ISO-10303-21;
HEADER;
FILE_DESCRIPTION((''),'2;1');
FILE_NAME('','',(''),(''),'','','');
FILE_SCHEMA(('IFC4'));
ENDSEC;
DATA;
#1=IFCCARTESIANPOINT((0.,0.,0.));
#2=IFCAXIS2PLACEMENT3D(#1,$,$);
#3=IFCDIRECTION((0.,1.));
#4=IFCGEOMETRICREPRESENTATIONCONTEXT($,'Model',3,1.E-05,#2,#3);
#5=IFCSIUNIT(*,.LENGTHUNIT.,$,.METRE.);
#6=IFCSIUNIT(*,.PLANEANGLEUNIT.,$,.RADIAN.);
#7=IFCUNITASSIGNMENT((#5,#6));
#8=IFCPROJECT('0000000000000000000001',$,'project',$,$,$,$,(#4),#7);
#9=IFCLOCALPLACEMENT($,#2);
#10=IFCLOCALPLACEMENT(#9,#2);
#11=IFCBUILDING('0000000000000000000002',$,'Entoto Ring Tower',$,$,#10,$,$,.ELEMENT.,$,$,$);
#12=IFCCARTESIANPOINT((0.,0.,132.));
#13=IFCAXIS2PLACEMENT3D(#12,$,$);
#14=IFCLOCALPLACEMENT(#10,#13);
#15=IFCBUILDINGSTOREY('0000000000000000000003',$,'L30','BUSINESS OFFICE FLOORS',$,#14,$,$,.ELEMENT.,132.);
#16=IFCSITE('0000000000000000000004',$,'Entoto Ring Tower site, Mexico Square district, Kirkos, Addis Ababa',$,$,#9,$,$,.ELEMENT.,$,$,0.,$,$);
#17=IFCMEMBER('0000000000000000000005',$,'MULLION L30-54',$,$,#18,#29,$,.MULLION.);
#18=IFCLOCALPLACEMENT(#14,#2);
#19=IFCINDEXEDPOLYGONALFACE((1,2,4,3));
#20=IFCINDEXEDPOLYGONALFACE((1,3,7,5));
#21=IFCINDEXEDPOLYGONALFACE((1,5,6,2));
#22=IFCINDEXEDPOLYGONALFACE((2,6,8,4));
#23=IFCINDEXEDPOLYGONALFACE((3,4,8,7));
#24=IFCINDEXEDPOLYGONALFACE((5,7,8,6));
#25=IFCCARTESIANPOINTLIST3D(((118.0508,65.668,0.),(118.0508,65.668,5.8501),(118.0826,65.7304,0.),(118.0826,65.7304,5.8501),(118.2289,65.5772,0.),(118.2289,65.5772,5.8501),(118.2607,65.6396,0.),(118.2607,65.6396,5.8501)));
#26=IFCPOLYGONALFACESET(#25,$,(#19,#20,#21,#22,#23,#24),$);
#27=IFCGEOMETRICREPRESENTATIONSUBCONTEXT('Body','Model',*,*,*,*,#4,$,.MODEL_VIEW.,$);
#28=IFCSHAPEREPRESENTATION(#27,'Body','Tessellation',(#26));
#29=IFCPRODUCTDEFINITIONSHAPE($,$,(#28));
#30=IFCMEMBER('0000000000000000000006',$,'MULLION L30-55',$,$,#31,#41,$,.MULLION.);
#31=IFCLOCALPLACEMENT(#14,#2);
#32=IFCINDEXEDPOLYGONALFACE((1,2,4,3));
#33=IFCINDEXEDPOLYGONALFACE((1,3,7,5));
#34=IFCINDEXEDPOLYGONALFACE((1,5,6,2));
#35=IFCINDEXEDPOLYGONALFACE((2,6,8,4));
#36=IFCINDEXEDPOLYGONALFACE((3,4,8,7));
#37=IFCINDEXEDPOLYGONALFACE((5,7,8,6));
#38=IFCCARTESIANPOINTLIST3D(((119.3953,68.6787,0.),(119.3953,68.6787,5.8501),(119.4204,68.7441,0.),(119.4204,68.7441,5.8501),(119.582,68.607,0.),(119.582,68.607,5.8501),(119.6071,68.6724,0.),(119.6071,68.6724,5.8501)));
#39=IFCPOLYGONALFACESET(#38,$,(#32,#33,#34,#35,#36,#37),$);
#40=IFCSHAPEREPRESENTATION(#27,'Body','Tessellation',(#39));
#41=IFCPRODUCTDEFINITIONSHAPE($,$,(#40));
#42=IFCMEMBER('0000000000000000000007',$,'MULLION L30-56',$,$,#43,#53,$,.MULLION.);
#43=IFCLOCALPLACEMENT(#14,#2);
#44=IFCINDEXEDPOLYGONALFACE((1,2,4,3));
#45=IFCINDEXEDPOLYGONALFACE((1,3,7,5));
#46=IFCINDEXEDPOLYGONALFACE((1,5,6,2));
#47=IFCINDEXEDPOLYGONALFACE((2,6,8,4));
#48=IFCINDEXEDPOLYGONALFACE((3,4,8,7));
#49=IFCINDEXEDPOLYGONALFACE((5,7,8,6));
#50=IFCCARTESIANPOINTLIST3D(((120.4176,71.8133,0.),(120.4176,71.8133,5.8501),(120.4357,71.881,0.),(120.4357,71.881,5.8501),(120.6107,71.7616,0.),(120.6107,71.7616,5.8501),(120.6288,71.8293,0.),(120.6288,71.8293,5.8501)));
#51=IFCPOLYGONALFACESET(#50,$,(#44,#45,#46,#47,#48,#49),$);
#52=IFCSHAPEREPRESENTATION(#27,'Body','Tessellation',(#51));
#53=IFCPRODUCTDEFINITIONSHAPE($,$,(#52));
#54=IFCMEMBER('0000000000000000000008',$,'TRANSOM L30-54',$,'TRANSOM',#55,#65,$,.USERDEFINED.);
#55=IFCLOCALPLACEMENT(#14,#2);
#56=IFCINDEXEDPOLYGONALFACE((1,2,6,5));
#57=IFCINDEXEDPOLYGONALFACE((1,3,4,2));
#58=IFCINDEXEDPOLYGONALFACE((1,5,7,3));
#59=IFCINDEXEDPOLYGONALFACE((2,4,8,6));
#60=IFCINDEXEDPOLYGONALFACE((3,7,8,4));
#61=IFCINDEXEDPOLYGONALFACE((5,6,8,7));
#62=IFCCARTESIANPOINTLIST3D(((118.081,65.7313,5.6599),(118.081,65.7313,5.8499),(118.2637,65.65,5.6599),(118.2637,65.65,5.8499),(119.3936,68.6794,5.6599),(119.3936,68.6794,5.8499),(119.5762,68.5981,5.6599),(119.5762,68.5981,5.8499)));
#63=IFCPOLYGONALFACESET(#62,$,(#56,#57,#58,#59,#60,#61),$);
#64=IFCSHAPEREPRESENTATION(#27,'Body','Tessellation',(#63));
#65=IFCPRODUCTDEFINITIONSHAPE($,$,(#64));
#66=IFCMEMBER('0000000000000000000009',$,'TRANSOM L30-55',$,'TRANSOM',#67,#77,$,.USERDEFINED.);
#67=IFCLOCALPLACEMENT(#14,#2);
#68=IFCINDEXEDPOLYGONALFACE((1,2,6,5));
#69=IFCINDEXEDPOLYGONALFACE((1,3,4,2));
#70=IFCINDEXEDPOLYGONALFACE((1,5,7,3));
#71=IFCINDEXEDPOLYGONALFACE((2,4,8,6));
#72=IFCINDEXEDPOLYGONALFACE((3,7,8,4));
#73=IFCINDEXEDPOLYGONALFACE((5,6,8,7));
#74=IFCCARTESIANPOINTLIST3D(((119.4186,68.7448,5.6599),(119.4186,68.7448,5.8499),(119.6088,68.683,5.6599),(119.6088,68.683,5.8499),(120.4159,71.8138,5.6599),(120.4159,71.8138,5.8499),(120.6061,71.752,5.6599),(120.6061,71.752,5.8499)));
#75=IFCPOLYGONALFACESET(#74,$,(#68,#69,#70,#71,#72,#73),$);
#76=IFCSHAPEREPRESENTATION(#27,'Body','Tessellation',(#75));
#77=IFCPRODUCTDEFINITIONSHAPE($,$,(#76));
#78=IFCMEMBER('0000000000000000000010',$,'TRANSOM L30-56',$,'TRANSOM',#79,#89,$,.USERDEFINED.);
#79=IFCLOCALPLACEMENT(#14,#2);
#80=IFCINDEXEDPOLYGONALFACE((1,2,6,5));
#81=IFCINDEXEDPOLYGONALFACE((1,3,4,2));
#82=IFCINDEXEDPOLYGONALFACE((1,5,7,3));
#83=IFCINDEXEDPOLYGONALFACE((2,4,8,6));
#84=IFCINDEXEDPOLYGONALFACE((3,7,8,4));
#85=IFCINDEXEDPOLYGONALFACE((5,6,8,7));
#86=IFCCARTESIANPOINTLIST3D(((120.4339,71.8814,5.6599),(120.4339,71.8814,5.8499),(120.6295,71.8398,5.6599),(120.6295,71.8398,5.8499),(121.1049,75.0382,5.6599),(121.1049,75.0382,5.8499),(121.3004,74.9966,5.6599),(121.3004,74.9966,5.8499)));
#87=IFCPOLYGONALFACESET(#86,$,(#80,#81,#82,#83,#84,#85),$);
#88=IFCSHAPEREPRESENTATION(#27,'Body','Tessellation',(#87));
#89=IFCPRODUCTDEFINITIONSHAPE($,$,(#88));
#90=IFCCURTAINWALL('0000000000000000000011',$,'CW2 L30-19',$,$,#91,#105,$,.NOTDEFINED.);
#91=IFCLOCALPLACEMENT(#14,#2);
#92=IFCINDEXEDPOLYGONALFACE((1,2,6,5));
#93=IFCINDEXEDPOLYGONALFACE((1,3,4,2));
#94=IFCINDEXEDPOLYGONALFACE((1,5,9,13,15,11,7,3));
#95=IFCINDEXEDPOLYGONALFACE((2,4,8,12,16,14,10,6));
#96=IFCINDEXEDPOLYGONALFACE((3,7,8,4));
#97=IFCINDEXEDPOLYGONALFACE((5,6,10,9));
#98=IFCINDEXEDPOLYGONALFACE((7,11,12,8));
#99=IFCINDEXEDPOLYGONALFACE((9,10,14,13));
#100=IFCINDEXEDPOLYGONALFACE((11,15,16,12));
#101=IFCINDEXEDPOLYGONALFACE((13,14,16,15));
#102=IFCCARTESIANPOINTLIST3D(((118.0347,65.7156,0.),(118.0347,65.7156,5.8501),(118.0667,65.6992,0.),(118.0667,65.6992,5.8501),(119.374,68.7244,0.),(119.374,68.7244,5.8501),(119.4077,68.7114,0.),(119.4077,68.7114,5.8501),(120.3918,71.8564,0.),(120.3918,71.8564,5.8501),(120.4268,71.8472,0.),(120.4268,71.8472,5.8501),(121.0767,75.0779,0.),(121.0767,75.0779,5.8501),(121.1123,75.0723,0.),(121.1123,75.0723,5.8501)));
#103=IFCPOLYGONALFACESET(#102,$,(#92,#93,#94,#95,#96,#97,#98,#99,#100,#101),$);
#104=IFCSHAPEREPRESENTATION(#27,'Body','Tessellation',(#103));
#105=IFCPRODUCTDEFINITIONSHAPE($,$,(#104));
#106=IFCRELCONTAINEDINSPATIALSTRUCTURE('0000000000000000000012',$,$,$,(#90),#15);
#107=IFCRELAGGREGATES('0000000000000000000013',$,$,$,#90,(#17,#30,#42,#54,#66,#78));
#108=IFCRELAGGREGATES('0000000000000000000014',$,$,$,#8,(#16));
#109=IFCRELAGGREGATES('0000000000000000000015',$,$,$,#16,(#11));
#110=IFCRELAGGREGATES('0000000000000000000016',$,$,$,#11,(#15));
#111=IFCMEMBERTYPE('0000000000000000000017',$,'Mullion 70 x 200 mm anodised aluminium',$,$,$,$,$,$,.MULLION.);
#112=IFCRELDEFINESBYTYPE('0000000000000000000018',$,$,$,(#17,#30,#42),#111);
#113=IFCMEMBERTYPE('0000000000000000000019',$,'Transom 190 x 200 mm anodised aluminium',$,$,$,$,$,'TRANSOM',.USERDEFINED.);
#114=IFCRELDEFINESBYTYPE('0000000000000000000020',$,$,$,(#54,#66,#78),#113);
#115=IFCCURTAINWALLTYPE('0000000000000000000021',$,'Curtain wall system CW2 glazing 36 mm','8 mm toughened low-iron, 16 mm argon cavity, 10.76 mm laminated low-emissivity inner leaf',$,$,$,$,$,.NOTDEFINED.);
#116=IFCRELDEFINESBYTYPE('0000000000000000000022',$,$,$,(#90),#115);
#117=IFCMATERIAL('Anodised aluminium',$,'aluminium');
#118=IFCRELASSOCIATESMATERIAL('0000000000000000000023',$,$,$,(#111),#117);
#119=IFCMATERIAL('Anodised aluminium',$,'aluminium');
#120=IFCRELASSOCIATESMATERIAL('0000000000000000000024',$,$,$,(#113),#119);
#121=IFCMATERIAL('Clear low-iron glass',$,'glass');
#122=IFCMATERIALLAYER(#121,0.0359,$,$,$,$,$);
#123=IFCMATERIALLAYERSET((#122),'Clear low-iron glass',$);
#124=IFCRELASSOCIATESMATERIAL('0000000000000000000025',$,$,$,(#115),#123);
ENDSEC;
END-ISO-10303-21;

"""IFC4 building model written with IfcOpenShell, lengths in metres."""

from ifc_helpers import new_model, si_unit, direction, frame, origin, origin_2d, place, context, subcontext, project, spatial, polyline, rectangle, outline, extrude, material, layer, layer_set, material_profile, profile_set, type_object, element, aggregate, save


model = new_model("IFC4")

# Units and contexts
model_context = context("Model", 3, precision=1e-05, world=origin(), true_north=direction((0.0, 1.0)))
body_context = subcontext(model_context, "Body", "Model", "MODEL_VIEW")
ifc_project = project(units=[si_unit("LENGTHUNIT", "METRE"), si_unit("PLANEANGLEUNIT", "RADIAN")], contexts=[model_context])

# Members
ifc_material_1 = material(Name="Anodised aluminium", Category="aluminium")
ifc_material_profile_1 = material_profile(ifc_material_1, rectangle(XDim=0.0701, YDim=0.2, at=origin_2d()), Name="Mullion 70 x 200 mm anodised aluminium")
ifc_profile_set_1 = profile_set([ifc_material_profile_1], Name="Anodised aluminium")
member_type_1 = type_object("IfcMemberType", Name="Mullion 70 x 200 mm anodised aluminium", PredefinedType="MULLION", material=ifc_profile_set_1)
site_placement = place(None, origin())
building_placement = place(site_placement, origin())
storey_placement = place(building_placement, frame((0.0, 0.0, 132.0)))
member_1_placement = place(storey_placement, frame((118.1558, 65.6538, 0.0), z_axis=(0.0, 0.0, 1.0), x_axis=(0.45399, 0.891007, 0.0)))
member_1 = element("IfcMember", 1, at=member_1_placement, type_object=member_type_1, Name="MULLION L30-54", PredefinedType="MULLION", context=body_context, shape_type="SweptSolid", body=[
    extrude(rectangle(XDim=0.0701, YDim=0.2, at=origin_2d()), origin(), (0.0, 0.0, 1.0), 5.8501),
])
member_2_placement = place(storey_placement, frame((119.5012, 68.6755, 0.0), z_axis=(0.0, 0.0, 1.0), x_axis=(0.358368, 0.93358, 0.0)))
member_2 = element("IfcMember", 2, at=member_2_placement, type_object=member_type_1, Name="MULLION L30-55", PredefinedType="MULLION", context=body_context, shape_type="SweptSolid", body=[
    extrude(rectangle(XDim=0.0701, YDim=0.2, at=origin_2d()), origin(), (0.0, 0.0, 1.0), 5.8501),
])
member_3_placement = place(storey_placement, frame((120.5232, 71.8213, 0.0), z_axis=(0.0, 0.0, 1.0), x_axis=(0.258819, 0.965926, 0.0)))
member_3 = element("IfcMember", 3, at=member_3_placement, type_object=member_type_1, Name="MULLION L30-56", PredefinedType="MULLION", context=body_context, shape_type="SweptSolid", body=[
    extrude(rectangle(XDim=0.0701, YDim=0.2, at=origin_2d()), origin(), (0.0, 0.0, 1.0), 5.8501),
])
ifc_material_2 = material(Name="Anodised aluminium", Category="aluminium")
ifc_material_profile_2 = material_profile(ifc_material_2, rectangle(XDim=0.2, YDim=0.1899, at=origin_2d()), Name="Transom 190 x 200 mm anodised aluminium")
ifc_profile_set_2 = profile_set([ifc_material_profile_2], Name="Anodised aluminium")
member_type_2 = type_object("IfcMemberType", Name="Transom 190 x 200 mm anodised aluminium", ElementType="TRANSOM", PredefinedType="USERDEFINED", material=ifc_profile_set_2)
member_4_placement = place(storey_placement, frame((118.1724, 65.6907, 5.7549), z_axis=(0.406728, 0.913549, 0.0), x_axis=(-0.913549, 0.406728, 0.0)))
member_4 = element("IfcMember", 4, at=member_4_placement, type_object=member_type_2, Name="TRANSOM L30-54", ObjectType="TRANSOM", PredefinedType="USERDEFINED", context=body_context, shape_type="SweptSolid", body=[
    extrude(rectangle(XDim=0.2, YDim=0.1899, at=origin_2d()), origin(), (0.0, 0.0, 1.0), 3.2271),
])
member_5_placement = place(storey_placement, frame((119.5137, 68.7139, 5.7549), z_axis=(0.309047, 0.951047, 0.0), x_axis=(-0.951047, 0.309047, 0.0)))
member_5 = element("IfcMember", 5, at=member_5_placement, type_object=member_type_2, Name="TRANSOM L30-55", ObjectType="TRANSOM", PredefinedType="USERDEFINED", context=body_context, shape_type="SweptSolid", body=[
    extrude(rectangle(XDim=0.2, YDim=0.1899, at=origin_2d()), origin(), (0.0, 0.0, 1.0), 3.2271),
])
member_6_placement = place(storey_placement, frame((120.5317, 71.8606, 5.7549), z_axis=(0.207886, 0.978153, 0.0), x_axis=(-0.978153, 0.207886, 0.0)))
member_6 = element("IfcMember", 6, at=member_6_placement, type_object=member_type_2, Name="TRANSOM L30-56", ObjectType="TRANSOM", PredefinedType="USERDEFINED", context=body_context, shape_type="SweptSolid", body=[
    extrude(rectangle(XDim=0.2, YDim=0.1899, at=origin_2d()), origin(), (0.0, 0.0, 1.0), 3.2273),
])

# Site, building, storey
site = spatial("IfcSite", under=ifc_project, at=site_placement, Name="Entoto Ring Tower site, Mexico Square district, Kirkos, Addis Ababa", CompositionType="ELEMENT", RefElevation=0.0)
building = spatial("IfcBuilding", under=site, at=building_placement, Name="Entoto Ring Tower", CompositionType="ELEMENT")
storey = spatial("IfcBuildingStorey", under=building, at=storey_placement, Name="L30", Description="BUSINESS OFFICE FLOORS", CompositionType="ELEMENT", Elevation=132.0)

# Curtain wall
ifc_material_3 = material(Name="Clear low-iron glass", Category="glass")
ifc_layer_1 = layer(ifc_material_3, 0.0359)
ifc_layer_set_1 = layer_set([ifc_layer_1], Name="Clear low-iron glass")
curtain_wall_type = type_object("IfcCurtainWallType", Name="Curtain wall system CW2 glazing 36 mm", Description="8 mm toughened low-iron, 16 mm argon cavity, 10.76 mm laminated low-emissivity inner leaf", PredefinedType="NOTDEFINED", material=ifc_layer_set_1)
curtain_wall_1_placement = place(storey_placement, origin())
curtain_wall_1 = element("IfcCurtainWall", 7, at=curtain_wall_1_placement, inside=storey, type_object=curtain_wall_type, Name="CW2 L30-19", PredefinedType="NOTDEFINED", context=body_context, shape_type="SweptSolid", body=[
    extrude(outline(polyline([(118.0667, 65.6992), (119.4077, 68.7114), (120.4268, 71.8472), (121.1123, 75.0723), (121.0767, 75.0779), (120.3918, 71.8564), (119.374, 68.7244), (118.0347, 65.7156), (118.0667, 65.6992)])), origin(), (0.0, 0.0, 1.0), 5.8501),
])
aggregate(curtain_wall_1, [member_1, member_2, member_3, member_4, member_5, member_6])

save(model, "model.ifc")
